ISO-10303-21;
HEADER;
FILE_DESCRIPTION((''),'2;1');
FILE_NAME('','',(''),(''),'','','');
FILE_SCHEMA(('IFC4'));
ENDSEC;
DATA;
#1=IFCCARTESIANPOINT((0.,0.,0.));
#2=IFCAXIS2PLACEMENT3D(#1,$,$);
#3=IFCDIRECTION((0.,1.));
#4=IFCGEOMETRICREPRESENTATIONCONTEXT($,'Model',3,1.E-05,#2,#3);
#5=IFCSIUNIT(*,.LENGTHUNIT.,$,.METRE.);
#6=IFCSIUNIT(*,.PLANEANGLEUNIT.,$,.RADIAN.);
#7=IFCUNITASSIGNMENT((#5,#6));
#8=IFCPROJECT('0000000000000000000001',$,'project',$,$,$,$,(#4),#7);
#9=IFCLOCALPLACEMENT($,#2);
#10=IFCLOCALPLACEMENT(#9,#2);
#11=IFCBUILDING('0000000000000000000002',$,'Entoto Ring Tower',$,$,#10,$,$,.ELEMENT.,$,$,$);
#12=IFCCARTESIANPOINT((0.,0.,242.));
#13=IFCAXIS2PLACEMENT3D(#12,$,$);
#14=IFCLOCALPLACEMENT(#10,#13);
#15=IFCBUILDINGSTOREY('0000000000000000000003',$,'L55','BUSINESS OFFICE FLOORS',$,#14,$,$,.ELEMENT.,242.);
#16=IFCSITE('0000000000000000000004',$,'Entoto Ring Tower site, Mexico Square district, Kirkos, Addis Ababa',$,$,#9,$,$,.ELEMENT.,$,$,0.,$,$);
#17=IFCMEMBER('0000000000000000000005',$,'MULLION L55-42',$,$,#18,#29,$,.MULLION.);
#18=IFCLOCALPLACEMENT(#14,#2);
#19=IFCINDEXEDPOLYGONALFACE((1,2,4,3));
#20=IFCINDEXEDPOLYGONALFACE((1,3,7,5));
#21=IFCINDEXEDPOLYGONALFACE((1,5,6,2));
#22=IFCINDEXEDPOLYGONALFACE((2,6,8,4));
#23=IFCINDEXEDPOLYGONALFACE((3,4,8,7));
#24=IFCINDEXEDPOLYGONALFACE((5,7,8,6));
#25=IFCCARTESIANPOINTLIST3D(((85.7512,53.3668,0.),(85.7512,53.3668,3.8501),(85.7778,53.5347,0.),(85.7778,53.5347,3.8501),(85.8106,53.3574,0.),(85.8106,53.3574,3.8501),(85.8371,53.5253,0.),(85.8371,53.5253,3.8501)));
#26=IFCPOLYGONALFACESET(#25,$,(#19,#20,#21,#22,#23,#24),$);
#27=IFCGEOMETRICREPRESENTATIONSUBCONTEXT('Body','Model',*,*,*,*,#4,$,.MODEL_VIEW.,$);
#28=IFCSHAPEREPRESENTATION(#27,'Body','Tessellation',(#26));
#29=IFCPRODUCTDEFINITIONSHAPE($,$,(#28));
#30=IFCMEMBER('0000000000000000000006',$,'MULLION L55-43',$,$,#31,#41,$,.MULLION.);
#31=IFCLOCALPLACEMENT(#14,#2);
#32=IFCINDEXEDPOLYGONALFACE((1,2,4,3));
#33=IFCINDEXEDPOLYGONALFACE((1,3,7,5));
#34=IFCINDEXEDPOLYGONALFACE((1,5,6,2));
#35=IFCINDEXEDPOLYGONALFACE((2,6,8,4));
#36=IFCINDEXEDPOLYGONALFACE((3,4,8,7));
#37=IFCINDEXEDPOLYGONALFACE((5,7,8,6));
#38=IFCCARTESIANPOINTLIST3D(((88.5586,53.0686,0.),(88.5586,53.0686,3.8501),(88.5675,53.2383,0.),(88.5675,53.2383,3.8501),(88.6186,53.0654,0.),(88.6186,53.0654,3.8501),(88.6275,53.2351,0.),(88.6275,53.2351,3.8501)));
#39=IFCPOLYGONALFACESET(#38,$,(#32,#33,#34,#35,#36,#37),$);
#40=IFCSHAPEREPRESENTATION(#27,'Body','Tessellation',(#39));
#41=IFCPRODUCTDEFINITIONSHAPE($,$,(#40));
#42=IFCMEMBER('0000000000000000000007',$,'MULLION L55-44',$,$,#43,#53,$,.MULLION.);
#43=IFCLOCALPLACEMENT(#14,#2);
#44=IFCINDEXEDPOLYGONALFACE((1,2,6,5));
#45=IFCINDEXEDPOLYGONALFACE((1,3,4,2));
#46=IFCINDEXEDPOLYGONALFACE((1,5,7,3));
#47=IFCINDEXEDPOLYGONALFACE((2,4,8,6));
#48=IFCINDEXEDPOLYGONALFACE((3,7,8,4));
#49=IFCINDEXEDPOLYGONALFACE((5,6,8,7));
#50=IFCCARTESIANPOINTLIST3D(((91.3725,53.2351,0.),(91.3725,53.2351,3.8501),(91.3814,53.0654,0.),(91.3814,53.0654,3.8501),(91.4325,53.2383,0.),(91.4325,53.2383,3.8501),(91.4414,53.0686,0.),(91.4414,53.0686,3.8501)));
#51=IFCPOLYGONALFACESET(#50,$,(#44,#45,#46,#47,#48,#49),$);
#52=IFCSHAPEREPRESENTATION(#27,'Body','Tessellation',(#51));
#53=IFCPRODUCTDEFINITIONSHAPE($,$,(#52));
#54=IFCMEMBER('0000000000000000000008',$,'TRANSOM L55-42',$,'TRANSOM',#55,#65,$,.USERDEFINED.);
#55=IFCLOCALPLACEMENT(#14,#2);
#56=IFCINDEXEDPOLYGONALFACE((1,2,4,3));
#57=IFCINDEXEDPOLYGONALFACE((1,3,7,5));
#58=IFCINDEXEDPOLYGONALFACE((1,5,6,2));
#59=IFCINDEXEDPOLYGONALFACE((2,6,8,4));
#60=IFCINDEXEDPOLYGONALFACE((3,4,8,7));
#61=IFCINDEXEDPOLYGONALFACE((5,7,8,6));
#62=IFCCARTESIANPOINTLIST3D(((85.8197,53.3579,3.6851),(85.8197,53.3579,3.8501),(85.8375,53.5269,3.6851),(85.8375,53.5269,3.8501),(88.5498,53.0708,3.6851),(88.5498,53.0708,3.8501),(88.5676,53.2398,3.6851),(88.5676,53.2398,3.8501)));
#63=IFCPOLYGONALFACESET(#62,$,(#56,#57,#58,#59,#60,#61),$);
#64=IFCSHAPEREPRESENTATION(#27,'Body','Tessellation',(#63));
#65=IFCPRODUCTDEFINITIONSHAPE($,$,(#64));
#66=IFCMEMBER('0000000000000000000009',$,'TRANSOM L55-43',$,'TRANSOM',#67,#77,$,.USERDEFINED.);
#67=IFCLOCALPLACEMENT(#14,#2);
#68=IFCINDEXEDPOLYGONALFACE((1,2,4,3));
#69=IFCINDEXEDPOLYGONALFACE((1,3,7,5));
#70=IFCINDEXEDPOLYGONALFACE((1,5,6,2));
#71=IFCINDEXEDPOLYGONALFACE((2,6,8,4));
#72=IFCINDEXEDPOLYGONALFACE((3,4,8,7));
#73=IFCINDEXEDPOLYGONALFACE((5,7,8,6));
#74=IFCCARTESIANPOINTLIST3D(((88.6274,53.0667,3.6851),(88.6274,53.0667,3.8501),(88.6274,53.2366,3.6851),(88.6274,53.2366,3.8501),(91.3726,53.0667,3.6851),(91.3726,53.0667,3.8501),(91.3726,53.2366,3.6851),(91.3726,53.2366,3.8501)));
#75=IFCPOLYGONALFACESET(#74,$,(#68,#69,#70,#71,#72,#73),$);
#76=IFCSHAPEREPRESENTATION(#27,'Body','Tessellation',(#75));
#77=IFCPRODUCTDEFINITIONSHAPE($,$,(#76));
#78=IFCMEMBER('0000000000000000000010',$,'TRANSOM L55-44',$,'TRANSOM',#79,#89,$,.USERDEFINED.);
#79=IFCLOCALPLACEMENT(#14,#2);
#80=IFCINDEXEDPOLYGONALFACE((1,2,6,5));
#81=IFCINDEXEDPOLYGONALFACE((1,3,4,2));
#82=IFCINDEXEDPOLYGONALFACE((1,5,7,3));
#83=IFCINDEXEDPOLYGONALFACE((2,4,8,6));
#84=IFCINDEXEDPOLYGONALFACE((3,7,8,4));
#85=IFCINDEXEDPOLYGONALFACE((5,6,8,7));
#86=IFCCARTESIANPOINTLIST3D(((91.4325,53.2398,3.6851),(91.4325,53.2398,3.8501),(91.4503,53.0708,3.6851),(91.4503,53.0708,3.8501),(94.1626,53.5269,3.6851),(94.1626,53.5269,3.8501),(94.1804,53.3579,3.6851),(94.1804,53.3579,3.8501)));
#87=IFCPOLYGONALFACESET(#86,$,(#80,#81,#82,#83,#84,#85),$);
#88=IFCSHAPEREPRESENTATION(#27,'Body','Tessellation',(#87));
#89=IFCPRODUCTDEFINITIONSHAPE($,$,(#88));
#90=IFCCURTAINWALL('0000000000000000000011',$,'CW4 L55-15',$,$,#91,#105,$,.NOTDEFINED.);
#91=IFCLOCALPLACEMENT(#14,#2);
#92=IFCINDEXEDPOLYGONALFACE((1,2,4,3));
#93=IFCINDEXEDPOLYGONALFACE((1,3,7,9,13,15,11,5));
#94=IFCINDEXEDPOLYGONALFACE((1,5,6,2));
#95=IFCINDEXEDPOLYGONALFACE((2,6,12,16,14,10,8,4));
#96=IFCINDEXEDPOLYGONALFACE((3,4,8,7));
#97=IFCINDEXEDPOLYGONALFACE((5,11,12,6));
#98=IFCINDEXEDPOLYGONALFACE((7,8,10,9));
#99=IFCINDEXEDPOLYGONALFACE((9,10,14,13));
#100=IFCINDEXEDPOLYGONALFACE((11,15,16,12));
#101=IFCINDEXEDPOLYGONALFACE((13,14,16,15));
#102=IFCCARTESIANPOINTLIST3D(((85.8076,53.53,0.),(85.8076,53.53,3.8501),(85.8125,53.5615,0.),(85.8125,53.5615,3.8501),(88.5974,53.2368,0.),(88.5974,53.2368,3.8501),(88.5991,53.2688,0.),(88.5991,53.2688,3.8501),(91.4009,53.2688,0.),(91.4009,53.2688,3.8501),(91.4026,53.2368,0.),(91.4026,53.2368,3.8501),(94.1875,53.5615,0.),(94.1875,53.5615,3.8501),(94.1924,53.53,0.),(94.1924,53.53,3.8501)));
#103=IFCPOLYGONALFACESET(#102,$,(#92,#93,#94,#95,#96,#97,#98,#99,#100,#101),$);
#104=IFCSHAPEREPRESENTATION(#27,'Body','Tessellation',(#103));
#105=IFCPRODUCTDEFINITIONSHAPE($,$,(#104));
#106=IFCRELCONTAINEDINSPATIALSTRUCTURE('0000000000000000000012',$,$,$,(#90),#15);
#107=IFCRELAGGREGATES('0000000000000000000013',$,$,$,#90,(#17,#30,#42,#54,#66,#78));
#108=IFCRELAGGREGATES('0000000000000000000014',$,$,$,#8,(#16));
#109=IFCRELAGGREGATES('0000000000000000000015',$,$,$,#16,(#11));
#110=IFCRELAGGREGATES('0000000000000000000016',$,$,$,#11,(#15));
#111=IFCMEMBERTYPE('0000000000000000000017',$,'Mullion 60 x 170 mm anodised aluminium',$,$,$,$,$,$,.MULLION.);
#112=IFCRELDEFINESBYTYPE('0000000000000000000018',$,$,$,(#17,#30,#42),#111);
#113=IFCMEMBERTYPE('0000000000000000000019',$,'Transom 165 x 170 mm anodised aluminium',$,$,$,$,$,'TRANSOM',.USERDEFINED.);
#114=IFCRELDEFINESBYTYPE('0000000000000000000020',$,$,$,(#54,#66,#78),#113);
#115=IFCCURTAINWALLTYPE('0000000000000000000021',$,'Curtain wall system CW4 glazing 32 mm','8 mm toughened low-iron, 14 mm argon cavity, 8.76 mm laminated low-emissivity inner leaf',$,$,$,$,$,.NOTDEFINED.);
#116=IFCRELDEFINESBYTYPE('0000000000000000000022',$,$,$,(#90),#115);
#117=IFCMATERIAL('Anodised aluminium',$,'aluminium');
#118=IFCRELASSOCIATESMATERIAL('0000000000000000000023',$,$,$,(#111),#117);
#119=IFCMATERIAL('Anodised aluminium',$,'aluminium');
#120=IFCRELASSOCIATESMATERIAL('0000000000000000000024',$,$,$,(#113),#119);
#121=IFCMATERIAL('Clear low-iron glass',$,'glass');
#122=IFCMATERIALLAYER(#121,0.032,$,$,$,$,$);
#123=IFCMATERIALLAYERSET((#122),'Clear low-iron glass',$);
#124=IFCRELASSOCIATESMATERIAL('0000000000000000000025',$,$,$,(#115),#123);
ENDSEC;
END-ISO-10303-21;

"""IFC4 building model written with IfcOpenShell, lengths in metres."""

from ifc_helpers import new_model, si_unit, direction, frame, origin, origin_2d, place, context, subcontext, project, spatial, polyline, rectangle, outline, extrude, material, layer, layer_set, material_profile, profile_set, type_object, element, aggregate, save


model = new_model("IFC4")

# Units and contexts
model_context = context("Model", 3, precision=1e-05, world=origin(), true_north=direction((0.0, 1.0)))
body_context = subcontext(model_context, "Body", "Model", "MODEL_VIEW")
ifc_project = project(units=[si_unit("LENGTHUNIT", "METRE"), si_unit("PLANEANGLEUNIT", "RADIAN")], contexts=[model_context])

# Members
ifc_material_1 = material(Name="Anodised aluminium", Category="aluminium")
ifc_material_profile_1 = material_profile(ifc_material_1, rectangle(XDim=0.0601, YDim=0.1699, at=origin_2d()), Name="Mullion 60 x 170 mm anodised aluminium")
ifc_profile_set_1 = profile_set([ifc_material_profile_1], Name="Anodised aluminium")
member_type_1 = type_object("IfcMemberType", Name="Mullion 60 x 170 mm anodised aluminium", PredefinedType="MULLION", material=ifc_profile_set_1)
site_placement = place(None, origin())
building_placement = place(site_placement, origin())
storey_placement = place(building_placement, frame((0.0, 0.0, 242.0)))
member_1_placement = place(storey_placement, frame((85.7942, 53.446, 0.0), z_axis=(0.0, 0.0, 1.0), x_axis=(0.987688, -0.156434, 0.0)))
member_1 = element("IfcMember", 1, at=member_1_placement, type_object=member_type_1, Name="MULLION L55-42", PredefinedType="MULLION", context=body_context, shape_type="SweptSolid", body=[
    extrude(rectangle(XDim=0.0601, YDim=0.1699, at=origin_2d()), origin(), (0.0, 0.0, 1.0), 3.8501),
])
member_2_placement = place(storey_placement, frame((88.593, 53.1519, 0.0), z_axis=(0.0, 0.0, 1.0), x_axis=(0.99863, -0.052336, 0.0)))
member_2 = element("IfcMember", 2, at=member_2_placement, type_object=member_type_1, Name="MULLION L55-43", PredefinedType="MULLION", context=body_context, shape_type="SweptSolid", body=[
    extrude(rectangle(XDim=0.0601, YDim=0.1699, at=origin_2d()), origin(), (0.0, 0.0, 1.0), 3.8501),
])
member_3_placement = place(storey_placement, frame((91.407, 53.1519, 0.0), z_axis=(0.0, 0.0, 1.0), x_axis=(0.99863, 0.052336, 0.0)))
member_3 = element("IfcMember", 3, at=member_3_placement, type_object=member_type_1, Name="MULLION L55-44", PredefinedType="MULLION", context=body_context, shape_type="SweptSolid", body=[
    extrude(rectangle(XDim=0.0601, YDim=0.1699, at=origin_2d()), origin(), (0.0, 0.0, 1.0), 3.8501),
])
ifc_material_2 = material(Name="Anodised aluminium", Category="aluminium")
ifc_material_profile_2 = material_profile(ifc_material_2, rectangle(XDim=0.1699, YDim=0.165, at=origin_2d()), Name="Transom 165 x 170 mm anodised aluminium")
ifc_profile_set_2 = profile_set([ifc_material_profile_2], Name="Anodised aluminium")
member_type_2 = type_object("IfcMemberType", Name="Transom 165 x 170 mm anodised aluminium", ElementType="TRANSOM", PredefinedType="USERDEFINED", material=ifc_profile_set_2)
member_4_placement = place(storey_placement, frame((85.8286, 53.4424, 3.7676), z_axis=(0.994515, -0.104592, 0.0), x_axis=(0.104592, 0.994515, 0.0)))
member_4 = element("IfcMember", 4, at=member_4_placement, type_object=member_type_2, Name="TRANSOM L55-42", ObjectType="TRANSOM", PredefinedType="USERDEFINED", context=body_context, shape_type="SweptSolid", body=[
    extrude(rectangle(XDim=0.1699, YDim=0.165, at=origin_2d()), origin(), (0.0, 0.0, 1.0), 2.7451),
])
member_5_placement = place(storey_placement, frame((88.6274, 53.1516, 3.7676), z_axis=(1.0, 0.0, 0.0), x_axis=(0.0, 1.0, 0.0)))
member_5 = element("IfcMember", 5, at=member_5_placement, type_object=member_type_2, Name="TRANSOM L55-43", ObjectType="TRANSOM", PredefinedType="USERDEFINED", context=body_context, shape_type="SweptSolid", body=[
    extrude(rectangle(XDim=0.1699, YDim=0.165, at=origin_2d()), origin(), (0.0, 0.0, 1.0), 2.7451),
])
member_6_placement = place(storey_placement, frame((91.4414, 53.1553, 3.7676), z_axis=(0.994515, 0.104592, 0.0), x_axis=(-0.104592, 0.994515, 0.0)))
member_6 = element("IfcMember", 6, at=member_6_placement, type_object=member_type_2, Name="TRANSOM L55-44", ObjectType="TRANSOM", PredefinedType="USERDEFINED", context=body_context, shape_type="SweptSolid", body=[
    extrude(rectangle(XDim=0.1699, YDim=0.165, at=origin_2d()), origin(), (0.0, 0.0, 1.0), 2.7451),
])

# Site, building, storey
site = spatial("IfcSite", under=ifc_project, at=site_placement, Name="Entoto Ring Tower site, Mexico Square district, Kirkos, Addis Ababa", CompositionType="ELEMENT", RefElevation=0.0)
building = spatial("IfcBuilding", under=site, at=building_placement, Name="Entoto Ring Tower", CompositionType="ELEMENT")
storey = spatial("IfcBuildingStorey", under=building, at=storey_placement, Name="L55", Description="BUSINESS OFFICE FLOORS", CompositionType="ELEMENT", Elevation=242.0)

# Curtain wall
ifc_material_3 = material(Name="Clear low-iron glass", Category="glass")
ifc_layer = layer(ifc_material_3, 0.032)
ifc_layer_set = layer_set([ifc_layer], Name="Clear low-iron glass")
curtain_wall_type = type_object("IfcCurtainWallType", Name="Curtain wall system CW4 glazing 32 mm", Description="8 mm toughened low-iron, 14 mm argon cavity, 8.76 mm laminated low-emissivity inner leaf", PredefinedType="NOTDEFINED", material=ifc_layer_set)
curtain_wall_1_placement = place(storey_placement, origin())
curtain_wall_1 = element("IfcCurtainWall", 7, at=curtain_wall_1_placement, inside=storey, type_object=curtain_wall_type, Name="CW4 L55-15", PredefinedType="NOTDEFINED", context=body_context, shape_type="SweptSolid", body=[
    extrude(outline(polyline([(85.8076, 53.53), (88.5974, 53.2368), (91.4026, 53.2368), (94.1924, 53.53), (94.1875, 53.5615), (91.4009, 53.2688), (88.5991, 53.2688), (85.8125, 53.5615), (85.8076, 53.53)])), origin(), (0.0, 0.0, 1.0), 3.8501),
])
aggregate(curtain_wall_1, [member_1, member_2, member_3, member_4, member_5, member_6])

save(model, "model.ifc")
